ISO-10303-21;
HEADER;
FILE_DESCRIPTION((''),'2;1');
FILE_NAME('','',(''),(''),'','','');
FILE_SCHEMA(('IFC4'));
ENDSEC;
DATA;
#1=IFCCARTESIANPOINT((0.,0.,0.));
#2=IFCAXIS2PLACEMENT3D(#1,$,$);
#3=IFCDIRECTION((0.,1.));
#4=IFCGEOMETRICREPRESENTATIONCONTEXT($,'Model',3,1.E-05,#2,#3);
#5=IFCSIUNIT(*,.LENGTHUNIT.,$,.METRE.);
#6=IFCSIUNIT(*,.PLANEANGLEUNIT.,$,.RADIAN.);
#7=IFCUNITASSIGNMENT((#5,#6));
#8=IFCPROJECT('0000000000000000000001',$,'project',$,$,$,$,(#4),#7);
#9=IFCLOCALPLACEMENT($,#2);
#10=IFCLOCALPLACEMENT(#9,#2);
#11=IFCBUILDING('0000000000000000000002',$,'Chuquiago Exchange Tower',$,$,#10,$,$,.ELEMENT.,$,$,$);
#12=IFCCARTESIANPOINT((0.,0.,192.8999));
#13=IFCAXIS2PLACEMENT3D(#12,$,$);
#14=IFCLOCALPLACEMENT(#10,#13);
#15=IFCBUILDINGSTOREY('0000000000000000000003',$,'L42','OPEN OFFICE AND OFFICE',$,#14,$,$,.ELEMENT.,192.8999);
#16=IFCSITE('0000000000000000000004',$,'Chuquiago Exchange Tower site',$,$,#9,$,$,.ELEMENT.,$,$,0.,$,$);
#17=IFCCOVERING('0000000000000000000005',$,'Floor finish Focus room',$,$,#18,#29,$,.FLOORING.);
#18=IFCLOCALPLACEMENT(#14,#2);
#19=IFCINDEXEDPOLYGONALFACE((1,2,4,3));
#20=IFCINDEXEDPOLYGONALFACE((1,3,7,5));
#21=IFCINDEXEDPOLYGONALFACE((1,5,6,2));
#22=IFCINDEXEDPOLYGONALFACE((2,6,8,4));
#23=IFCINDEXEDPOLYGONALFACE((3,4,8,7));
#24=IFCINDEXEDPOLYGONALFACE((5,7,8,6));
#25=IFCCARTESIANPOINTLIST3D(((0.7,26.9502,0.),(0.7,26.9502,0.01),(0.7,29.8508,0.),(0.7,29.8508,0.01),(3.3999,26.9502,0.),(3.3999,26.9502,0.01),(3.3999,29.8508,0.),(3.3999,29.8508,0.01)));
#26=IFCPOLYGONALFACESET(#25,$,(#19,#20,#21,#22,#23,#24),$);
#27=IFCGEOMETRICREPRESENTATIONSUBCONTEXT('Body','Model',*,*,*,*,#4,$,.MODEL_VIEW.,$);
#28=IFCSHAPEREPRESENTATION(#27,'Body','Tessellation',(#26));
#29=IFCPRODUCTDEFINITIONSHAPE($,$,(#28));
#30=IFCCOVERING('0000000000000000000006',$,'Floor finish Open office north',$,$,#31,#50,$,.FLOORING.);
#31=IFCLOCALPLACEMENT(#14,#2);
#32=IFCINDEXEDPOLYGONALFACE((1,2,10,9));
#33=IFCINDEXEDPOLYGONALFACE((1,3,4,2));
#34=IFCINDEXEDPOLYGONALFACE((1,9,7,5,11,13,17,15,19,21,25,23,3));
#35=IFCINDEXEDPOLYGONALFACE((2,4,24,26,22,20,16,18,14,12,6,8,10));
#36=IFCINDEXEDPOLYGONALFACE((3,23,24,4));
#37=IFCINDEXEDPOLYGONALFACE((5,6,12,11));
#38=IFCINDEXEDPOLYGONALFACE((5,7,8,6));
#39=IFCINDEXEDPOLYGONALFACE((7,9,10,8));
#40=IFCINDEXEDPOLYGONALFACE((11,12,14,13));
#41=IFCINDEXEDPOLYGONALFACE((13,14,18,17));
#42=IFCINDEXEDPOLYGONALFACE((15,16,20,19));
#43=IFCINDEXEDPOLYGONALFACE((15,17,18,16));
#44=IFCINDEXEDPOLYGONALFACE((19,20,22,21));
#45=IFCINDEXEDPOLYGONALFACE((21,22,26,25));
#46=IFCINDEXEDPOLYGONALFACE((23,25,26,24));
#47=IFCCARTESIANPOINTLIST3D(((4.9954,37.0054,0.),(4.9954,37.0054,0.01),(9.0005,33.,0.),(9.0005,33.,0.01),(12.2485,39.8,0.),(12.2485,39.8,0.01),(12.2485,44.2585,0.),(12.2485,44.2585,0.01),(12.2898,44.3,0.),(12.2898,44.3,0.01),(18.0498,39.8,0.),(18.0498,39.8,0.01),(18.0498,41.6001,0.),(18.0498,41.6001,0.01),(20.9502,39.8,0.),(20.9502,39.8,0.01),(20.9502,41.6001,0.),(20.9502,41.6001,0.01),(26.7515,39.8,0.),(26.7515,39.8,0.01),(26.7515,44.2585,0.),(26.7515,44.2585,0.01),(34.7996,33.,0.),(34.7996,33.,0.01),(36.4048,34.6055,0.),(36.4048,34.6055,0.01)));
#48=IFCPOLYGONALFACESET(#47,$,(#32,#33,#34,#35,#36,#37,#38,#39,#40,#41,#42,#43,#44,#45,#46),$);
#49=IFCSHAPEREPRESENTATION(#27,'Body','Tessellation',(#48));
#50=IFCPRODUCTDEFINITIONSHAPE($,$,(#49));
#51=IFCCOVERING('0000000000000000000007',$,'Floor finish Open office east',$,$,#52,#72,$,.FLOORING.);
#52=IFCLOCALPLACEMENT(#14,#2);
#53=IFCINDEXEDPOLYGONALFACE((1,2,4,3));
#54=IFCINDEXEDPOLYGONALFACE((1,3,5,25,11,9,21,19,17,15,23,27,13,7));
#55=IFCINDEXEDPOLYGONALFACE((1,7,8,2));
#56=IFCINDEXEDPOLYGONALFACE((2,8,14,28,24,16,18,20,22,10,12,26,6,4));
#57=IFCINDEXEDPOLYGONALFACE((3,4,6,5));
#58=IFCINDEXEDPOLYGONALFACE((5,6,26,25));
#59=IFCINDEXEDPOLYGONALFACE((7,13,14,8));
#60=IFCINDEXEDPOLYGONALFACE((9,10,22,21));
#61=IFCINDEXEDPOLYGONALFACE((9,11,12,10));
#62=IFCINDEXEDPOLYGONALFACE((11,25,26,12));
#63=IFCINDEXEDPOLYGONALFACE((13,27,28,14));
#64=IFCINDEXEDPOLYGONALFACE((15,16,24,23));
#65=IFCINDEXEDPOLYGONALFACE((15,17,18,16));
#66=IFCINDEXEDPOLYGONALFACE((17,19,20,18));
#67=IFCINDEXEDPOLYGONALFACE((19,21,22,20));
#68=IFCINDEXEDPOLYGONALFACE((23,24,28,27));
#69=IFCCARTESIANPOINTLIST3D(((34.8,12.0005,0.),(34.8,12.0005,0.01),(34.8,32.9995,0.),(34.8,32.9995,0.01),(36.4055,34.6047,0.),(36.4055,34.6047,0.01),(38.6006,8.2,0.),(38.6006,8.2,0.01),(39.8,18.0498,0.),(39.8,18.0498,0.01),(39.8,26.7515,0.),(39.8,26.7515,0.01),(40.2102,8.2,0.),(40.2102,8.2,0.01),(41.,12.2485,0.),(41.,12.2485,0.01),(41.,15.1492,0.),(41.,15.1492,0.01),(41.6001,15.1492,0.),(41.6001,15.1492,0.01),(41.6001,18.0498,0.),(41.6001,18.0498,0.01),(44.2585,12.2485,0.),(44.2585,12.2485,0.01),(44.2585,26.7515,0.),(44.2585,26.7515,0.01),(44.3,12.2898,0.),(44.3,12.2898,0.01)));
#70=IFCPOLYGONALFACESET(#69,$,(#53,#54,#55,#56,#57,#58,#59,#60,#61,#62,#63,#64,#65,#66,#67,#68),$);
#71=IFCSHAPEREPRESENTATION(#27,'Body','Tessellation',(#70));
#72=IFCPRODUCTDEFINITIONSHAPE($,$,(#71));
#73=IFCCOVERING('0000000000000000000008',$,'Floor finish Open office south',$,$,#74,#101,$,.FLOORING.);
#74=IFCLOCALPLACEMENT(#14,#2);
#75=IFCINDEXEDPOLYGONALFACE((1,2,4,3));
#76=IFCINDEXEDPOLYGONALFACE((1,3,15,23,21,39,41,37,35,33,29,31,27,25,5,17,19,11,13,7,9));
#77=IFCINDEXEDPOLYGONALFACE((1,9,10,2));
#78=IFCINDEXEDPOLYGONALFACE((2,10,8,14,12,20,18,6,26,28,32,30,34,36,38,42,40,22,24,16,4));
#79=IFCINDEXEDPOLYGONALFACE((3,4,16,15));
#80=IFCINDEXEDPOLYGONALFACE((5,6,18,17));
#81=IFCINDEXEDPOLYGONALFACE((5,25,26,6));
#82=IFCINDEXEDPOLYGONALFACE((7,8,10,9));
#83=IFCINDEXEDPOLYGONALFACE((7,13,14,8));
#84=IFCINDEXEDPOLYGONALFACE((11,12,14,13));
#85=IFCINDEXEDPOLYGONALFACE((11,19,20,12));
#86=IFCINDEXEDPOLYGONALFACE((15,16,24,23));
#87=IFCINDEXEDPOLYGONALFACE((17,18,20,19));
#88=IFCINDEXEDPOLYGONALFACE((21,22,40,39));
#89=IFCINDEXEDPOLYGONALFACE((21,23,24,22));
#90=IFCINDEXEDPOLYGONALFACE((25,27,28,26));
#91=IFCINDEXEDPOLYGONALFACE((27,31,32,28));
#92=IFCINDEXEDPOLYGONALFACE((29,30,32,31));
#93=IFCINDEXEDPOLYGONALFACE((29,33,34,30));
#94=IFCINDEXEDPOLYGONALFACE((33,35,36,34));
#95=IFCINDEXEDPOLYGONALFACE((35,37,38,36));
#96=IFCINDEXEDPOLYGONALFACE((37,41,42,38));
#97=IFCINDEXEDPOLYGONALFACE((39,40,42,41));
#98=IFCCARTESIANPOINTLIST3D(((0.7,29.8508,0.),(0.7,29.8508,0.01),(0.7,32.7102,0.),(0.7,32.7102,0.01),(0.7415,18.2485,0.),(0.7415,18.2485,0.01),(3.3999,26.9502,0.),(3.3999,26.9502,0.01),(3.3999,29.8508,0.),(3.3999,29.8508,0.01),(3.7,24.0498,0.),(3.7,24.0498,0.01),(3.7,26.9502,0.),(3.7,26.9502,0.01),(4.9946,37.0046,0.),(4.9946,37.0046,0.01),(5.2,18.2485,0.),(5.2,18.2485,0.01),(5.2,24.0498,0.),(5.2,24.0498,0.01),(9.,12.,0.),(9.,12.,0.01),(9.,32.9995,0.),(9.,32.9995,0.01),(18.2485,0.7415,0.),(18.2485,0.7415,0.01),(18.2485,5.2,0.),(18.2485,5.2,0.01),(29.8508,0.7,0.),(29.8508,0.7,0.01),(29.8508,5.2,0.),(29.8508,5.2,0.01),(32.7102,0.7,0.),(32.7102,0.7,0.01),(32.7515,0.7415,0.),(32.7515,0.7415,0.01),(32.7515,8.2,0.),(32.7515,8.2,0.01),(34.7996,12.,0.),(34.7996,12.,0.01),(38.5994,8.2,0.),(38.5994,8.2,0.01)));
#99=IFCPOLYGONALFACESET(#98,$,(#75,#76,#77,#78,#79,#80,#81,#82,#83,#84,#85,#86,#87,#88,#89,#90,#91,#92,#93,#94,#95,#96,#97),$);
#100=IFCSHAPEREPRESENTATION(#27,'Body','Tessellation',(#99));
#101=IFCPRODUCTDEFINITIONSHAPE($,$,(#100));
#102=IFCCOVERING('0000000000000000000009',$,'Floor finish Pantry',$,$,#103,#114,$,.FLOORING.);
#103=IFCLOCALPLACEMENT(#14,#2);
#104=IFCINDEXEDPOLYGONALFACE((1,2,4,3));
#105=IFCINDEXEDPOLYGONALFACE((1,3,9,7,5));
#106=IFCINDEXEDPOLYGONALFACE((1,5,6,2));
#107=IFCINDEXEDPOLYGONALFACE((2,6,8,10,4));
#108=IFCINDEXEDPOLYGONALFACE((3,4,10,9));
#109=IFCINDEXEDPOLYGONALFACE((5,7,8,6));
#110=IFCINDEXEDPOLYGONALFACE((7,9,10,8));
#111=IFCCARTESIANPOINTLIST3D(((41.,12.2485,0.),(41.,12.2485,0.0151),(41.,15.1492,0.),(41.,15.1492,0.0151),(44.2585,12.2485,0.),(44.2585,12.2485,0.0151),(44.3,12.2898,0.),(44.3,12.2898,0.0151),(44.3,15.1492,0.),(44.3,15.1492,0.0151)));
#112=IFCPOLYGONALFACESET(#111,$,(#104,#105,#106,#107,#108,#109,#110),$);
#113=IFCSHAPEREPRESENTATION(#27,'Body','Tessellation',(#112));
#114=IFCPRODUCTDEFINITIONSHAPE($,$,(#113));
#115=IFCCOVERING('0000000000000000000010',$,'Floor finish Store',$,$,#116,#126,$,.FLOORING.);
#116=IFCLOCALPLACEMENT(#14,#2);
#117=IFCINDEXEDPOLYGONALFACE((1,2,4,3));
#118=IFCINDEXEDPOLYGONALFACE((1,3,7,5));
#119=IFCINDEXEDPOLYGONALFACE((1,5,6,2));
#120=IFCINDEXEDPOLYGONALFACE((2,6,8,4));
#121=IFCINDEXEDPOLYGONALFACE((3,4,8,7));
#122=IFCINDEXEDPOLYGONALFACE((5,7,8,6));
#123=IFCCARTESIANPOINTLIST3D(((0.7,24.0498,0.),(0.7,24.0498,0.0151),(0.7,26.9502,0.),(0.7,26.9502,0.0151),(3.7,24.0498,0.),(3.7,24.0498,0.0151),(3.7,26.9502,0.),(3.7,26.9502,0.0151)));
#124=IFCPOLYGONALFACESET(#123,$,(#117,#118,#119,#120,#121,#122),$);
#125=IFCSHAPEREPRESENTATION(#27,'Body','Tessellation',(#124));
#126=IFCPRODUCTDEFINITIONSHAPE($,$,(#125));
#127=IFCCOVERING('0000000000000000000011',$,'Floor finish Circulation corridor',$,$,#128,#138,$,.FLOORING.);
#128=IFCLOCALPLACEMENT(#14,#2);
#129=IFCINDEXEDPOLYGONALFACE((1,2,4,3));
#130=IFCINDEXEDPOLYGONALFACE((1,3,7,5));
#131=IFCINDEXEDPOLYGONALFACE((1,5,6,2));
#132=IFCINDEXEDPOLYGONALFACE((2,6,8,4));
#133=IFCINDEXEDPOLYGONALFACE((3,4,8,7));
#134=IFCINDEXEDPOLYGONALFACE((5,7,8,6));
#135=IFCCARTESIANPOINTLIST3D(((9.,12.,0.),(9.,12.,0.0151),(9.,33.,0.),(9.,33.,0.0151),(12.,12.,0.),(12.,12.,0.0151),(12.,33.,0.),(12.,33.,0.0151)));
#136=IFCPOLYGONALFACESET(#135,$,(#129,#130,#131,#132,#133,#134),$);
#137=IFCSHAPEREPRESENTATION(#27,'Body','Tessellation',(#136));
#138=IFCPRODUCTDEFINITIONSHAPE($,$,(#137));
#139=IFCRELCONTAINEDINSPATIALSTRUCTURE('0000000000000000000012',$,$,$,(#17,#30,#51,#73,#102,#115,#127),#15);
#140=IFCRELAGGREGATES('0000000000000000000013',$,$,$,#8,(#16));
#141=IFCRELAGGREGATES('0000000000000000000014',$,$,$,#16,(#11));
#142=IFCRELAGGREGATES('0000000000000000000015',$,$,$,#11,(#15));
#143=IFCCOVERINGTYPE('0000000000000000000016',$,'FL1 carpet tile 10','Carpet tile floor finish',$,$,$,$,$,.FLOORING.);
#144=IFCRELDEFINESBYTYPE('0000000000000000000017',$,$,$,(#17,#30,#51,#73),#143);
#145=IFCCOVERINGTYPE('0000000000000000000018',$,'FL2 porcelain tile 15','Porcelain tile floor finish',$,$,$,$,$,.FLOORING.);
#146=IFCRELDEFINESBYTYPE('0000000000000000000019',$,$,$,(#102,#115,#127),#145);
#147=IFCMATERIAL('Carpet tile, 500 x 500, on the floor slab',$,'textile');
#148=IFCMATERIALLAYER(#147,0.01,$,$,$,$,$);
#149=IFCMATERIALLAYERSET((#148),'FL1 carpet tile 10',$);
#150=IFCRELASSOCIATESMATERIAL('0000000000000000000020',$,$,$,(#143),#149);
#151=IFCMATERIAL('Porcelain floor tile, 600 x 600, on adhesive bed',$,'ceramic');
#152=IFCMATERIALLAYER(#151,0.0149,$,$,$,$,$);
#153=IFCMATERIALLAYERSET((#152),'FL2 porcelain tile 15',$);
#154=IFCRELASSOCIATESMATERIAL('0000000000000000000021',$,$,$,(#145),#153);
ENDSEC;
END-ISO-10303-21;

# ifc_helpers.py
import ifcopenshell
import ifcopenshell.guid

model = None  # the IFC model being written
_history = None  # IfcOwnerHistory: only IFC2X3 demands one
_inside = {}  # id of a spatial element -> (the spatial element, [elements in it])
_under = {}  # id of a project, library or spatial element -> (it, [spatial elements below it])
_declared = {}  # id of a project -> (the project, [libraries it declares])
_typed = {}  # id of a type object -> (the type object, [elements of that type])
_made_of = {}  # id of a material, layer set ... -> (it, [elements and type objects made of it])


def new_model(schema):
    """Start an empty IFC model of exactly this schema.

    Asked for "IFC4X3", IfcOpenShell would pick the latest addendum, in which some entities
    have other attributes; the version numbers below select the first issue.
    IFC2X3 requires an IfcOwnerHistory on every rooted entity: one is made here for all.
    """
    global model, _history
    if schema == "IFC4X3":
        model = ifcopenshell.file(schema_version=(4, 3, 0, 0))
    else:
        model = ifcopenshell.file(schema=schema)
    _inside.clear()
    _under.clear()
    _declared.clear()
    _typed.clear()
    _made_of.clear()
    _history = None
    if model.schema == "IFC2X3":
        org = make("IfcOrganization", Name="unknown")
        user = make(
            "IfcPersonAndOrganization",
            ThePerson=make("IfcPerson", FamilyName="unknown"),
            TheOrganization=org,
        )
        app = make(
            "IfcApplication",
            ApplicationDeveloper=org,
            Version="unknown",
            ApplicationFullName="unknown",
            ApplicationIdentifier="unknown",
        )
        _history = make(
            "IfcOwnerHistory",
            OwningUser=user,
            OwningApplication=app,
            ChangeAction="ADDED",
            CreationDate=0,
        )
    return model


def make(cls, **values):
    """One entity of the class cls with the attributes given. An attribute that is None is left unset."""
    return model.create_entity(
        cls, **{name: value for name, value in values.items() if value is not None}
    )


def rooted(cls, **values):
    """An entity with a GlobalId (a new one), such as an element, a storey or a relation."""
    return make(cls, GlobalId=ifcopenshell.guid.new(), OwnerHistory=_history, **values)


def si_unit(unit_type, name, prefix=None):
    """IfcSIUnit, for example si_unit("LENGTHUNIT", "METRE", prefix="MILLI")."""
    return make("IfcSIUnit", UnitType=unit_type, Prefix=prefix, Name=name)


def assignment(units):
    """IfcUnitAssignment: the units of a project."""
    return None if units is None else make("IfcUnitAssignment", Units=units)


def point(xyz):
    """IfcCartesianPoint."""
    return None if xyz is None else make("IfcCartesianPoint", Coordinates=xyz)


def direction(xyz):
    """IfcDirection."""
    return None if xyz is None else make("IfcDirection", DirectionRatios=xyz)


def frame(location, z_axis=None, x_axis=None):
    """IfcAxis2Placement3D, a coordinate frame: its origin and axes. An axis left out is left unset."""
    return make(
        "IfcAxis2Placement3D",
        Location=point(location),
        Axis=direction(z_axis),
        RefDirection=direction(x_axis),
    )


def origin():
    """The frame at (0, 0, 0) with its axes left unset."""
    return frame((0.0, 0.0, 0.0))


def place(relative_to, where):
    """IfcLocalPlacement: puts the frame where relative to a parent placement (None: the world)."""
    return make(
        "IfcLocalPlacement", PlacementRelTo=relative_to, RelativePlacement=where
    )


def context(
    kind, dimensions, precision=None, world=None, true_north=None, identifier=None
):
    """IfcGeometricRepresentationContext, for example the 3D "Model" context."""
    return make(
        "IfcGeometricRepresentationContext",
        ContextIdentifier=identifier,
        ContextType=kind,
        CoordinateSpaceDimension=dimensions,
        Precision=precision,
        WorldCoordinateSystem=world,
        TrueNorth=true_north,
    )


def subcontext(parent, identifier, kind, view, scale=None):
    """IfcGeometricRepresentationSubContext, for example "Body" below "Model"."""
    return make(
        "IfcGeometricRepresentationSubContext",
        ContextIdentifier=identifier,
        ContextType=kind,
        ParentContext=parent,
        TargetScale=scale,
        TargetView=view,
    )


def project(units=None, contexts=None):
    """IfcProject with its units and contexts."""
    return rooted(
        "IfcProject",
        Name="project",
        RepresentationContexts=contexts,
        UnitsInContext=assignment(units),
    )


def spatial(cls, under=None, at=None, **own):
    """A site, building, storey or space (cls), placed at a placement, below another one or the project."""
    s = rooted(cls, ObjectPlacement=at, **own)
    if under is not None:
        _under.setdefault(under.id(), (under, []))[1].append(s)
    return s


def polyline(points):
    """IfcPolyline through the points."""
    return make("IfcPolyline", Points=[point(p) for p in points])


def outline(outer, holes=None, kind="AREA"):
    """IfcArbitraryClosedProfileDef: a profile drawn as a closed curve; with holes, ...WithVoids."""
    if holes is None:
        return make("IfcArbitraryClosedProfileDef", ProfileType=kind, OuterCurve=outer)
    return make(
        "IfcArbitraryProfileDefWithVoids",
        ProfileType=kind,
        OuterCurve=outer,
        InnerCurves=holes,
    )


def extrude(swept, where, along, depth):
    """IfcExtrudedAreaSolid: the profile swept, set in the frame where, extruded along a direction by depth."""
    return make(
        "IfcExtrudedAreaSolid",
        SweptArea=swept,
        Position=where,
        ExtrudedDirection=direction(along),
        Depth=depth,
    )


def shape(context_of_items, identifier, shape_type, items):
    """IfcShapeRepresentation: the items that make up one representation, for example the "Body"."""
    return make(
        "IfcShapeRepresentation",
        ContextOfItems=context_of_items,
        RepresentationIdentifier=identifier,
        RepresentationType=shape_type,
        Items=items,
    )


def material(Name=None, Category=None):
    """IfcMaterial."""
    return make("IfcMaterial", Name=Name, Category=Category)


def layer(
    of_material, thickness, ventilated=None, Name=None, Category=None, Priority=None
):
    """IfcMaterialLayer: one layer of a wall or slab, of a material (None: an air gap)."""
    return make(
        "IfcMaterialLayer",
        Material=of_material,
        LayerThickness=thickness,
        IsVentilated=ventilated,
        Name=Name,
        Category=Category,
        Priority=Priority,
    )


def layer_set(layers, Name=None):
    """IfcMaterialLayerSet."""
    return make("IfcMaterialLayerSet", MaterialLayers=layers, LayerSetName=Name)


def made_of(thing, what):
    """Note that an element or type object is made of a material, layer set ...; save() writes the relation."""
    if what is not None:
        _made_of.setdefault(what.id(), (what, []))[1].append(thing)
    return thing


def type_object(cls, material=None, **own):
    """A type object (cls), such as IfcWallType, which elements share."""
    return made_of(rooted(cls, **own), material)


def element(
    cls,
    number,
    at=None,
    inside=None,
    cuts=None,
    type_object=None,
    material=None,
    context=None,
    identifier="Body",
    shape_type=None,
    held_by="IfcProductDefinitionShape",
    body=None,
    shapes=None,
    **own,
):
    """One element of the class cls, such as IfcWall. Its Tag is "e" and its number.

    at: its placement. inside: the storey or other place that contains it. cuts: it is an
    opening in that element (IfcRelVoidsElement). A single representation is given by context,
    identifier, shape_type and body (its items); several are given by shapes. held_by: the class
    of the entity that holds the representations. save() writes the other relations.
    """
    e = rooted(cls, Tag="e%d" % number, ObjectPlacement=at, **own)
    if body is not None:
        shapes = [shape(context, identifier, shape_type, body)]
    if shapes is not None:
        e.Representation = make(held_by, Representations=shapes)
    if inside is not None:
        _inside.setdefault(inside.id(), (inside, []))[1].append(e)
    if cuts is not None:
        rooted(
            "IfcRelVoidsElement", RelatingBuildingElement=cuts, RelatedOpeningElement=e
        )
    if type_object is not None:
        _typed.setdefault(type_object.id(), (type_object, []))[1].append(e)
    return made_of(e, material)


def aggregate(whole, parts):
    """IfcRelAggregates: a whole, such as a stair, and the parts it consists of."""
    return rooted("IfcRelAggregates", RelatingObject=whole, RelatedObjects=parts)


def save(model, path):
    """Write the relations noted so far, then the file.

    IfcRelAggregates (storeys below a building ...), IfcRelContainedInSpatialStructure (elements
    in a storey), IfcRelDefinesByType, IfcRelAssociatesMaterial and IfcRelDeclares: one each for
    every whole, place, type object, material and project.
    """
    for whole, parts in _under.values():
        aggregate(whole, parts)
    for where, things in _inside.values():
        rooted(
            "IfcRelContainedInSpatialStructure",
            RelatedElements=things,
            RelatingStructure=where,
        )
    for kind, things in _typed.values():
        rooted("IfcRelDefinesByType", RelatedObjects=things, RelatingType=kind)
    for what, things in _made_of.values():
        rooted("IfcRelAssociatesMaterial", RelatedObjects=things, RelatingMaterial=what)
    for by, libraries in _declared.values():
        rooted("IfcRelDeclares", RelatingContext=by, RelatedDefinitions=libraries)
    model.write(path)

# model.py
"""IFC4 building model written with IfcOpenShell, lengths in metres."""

from ifc_helpers import new_model, si_unit, direction, frame, origin, place, context, subcontext, project, spatial, polyline, outline, extrude, material, layer, layer_set, type_object, element, save


model = new_model("IFC4")

# Units and contexts
model_context = context("Model", 3, precision=1e-05, world=origin(), true_north=direction((0.0, 1.0)))
body_context = subcontext(model_context, "Body", "Model", "MODEL_VIEW")
ifc_project = project(units=[si_unit("LENGTHUNIT", "METRE"), si_unit("PLANEANGLEUNIT", "RADIAN")], contexts=[model_context])

# Site, building, storey
site_placement = place(None, origin())
site = spatial("IfcSite", under=ifc_project, at=site_placement, Name="Chuquiago Exchange Tower site", CompositionType="ELEMENT", RefElevation=0.0)
building_placement = place(site_placement, origin())
building = spatial("IfcBuilding", under=site, at=building_placement, Name="Chuquiago Exchange Tower", CompositionType="ELEMENT")
storey_placement = place(building_placement, frame((0.0, 0.0, 192.8999)))
storey = spatial("IfcBuildingStorey", under=building, at=storey_placement, Name="L42", Description="OPEN OFFICE AND OFFICE", CompositionType="ELEMENT", Elevation=192.8999)

# Coverings
ifc_material_1 = material(Name="Carpet tile, 500 x 500, on the floor slab", Category="textile")
ifc_layer_1 = layer(ifc_material_1, 0.01)
ifc_layer_set_1 = layer_set([ifc_layer_1], Name="FL1 carpet tile 10")
covering_type_1 = type_object("IfcCoveringType", Name="FL1 carpet tile 10", Description="Carpet tile floor finish", PredefinedType="FLOORING", material=ifc_layer_set_1)
covering_1_placement = place(storey_placement, origin())
element("IfcCovering", 1, at=covering_1_placement, inside=storey, type_object=covering_type_1, Name="Floor finish Focus room", PredefinedType="FLOORING", context=body_context, shape_type="SweptSolid", body=[
    extrude(outline(polyline([(0.7, 29.8508), (3.3999, 29.8508), (3.3999, 26.9502), (0.7, 26.9502), (0.7, 29.8508)])), origin(), (0.0, 0.0, 1.0), 0.01),
])
covering_2_placement = place(storey_placement, origin())
element("IfcCovering", 2, at=covering_2_placement, inside=storey, type_object=covering_type_1, Name="Floor finish Open office north", PredefinedType="FLOORING", context=body_context, shape_type="SweptSolid", body=[
    extrude(outline(polyline([(12.2485, 44.2585), (12.2485, 39.8), (18.0498, 39.8), (18.0498, 41.6001), (20.9502, 41.6001), (20.9502, 39.8), (26.7515, 39.8), (26.7515, 44.2585), (36.4048, 34.6055), (34.7996, 33.0), (9.0005, 33.0), (4.9954, 37.0054), (12.2898, 44.3), (12.2485, 44.2585)])), origin(), (0.0, 0.0, 1.0), 0.01),
])
covering_3_placement = place(storey_placement, origin())
element("IfcCovering", 3, at=covering_3_placement, inside=storey, type_object=covering_type_1, Name="Floor finish Open office east", PredefinedType="FLOORING", context=body_context, shape_type="SweptSolid", body=[
    extrude(outline(polyline([(44.2585, 26.7515), (39.8, 26.7515), (39.8, 18.0498), (41.6001, 18.0498), (41.6001, 15.1492), (41.0, 15.1492), (41.0, 12.2485), (44.2585, 12.2485), (44.3, 12.2898), (40.2102, 8.2), (38.6006, 8.2), (34.8, 12.0005), (34.8, 32.9995), (36.4055, 34.6047), (44.2585, 26.7515)])), origin(), (0.0, 0.0, 1.0), 0.01),
])
covering_4_placement = place(storey_placement, origin())
element("IfcCovering", 4, at=covering_4_placement, inside=storey, type_object=covering_type_1, Name="Floor finish Open office south", PredefinedType="FLOORING", context=body_context, shape_type="SweptSolid", body=[
    extrude(outline(polyline([(32.7515, 8.2), (32.7515, 0.7415), (32.7102, 0.7), (29.8508, 0.7), (29.8508, 5.2), (18.2485, 5.2), (18.2485, 0.7415), (0.7415, 18.2485), (5.2, 18.2485), (5.2, 24.0498), (3.7, 24.0498), (3.7, 26.9502), (3.3999, 26.9502), (3.3999, 29.8508), (0.7, 29.8508), (0.7, 32.7102), (4.9946, 37.0046), (9.0, 32.9995), (9.0, 12.0), (34.7996, 12.0), (38.5994, 8.2), (32.7515, 8.2)])), origin(), (0.0, 0.0, 1.0), 0.01),
])
ifc_material_2 = material(Name="Porcelain floor tile, 600 x 600, on adhesive bed", Category="ceramic")
ifc_layer_2 = layer(ifc_material_2, 0.0149)
ifc_layer_set_2 = layer_set([ifc_layer_2], Name="FL2 porcelain tile 15")
covering_type_2 = type_object("IfcCoveringType", Name="FL2 porcelain tile 15", Description="Porcelain tile floor finish", PredefinedType="FLOORING", material=ifc_layer_set_2)
covering_5_placement = place(storey_placement, origin())
element("IfcCovering", 5, at=covering_5_placement, inside=storey, type_object=covering_type_2, Name="Floor finish Pantry", PredefinedType="FLOORING", context=body_context, shape_type="SweptSolid", body=[
    extrude(outline(polyline([(44.3, 12.2898), (44.2585, 12.2485), (41.0, 12.2485), (41.0, 15.1492), (44.3, 15.1492), (44.3, 12.2898)])), origin(), (0.0, 0.0, 1.0), 0.0151),
])
covering_6_placement = place(storey_placement, origin())
element("IfcCovering", 6, at=covering_6_placement, inside=storey, type_object=covering_type_2, Name="Floor finish Store", PredefinedType="FLOORING", context=body_context, shape_type="SweptSolid", body=[
    extrude(outline(polyline([(0.7, 26.9502), (3.7, 26.9502), (3.7, 24.0498), (0.7, 24.0498), (0.7, 26.9502)])), origin(), (0.0, 0.0, 1.0), 0.0151),
])
covering_7_placement = place(storey_placement, origin())
element("IfcCovering", 7, at=covering_7_placement, inside=storey, type_object=covering_type_2, Name="Floor finish Circulation corridor", PredefinedType="FLOORING", context=body_context, shape_type="SweptSolid", body=[
    extrude(outline(polyline([(12.0, 12.0), (9.0, 12.0), (9.0, 33.0), (12.0, 33.0), (12.0, 12.0)])), origin(), (0.0, 0.0, 1.0), 0.0151),
])

save(model, "model.ifc")
